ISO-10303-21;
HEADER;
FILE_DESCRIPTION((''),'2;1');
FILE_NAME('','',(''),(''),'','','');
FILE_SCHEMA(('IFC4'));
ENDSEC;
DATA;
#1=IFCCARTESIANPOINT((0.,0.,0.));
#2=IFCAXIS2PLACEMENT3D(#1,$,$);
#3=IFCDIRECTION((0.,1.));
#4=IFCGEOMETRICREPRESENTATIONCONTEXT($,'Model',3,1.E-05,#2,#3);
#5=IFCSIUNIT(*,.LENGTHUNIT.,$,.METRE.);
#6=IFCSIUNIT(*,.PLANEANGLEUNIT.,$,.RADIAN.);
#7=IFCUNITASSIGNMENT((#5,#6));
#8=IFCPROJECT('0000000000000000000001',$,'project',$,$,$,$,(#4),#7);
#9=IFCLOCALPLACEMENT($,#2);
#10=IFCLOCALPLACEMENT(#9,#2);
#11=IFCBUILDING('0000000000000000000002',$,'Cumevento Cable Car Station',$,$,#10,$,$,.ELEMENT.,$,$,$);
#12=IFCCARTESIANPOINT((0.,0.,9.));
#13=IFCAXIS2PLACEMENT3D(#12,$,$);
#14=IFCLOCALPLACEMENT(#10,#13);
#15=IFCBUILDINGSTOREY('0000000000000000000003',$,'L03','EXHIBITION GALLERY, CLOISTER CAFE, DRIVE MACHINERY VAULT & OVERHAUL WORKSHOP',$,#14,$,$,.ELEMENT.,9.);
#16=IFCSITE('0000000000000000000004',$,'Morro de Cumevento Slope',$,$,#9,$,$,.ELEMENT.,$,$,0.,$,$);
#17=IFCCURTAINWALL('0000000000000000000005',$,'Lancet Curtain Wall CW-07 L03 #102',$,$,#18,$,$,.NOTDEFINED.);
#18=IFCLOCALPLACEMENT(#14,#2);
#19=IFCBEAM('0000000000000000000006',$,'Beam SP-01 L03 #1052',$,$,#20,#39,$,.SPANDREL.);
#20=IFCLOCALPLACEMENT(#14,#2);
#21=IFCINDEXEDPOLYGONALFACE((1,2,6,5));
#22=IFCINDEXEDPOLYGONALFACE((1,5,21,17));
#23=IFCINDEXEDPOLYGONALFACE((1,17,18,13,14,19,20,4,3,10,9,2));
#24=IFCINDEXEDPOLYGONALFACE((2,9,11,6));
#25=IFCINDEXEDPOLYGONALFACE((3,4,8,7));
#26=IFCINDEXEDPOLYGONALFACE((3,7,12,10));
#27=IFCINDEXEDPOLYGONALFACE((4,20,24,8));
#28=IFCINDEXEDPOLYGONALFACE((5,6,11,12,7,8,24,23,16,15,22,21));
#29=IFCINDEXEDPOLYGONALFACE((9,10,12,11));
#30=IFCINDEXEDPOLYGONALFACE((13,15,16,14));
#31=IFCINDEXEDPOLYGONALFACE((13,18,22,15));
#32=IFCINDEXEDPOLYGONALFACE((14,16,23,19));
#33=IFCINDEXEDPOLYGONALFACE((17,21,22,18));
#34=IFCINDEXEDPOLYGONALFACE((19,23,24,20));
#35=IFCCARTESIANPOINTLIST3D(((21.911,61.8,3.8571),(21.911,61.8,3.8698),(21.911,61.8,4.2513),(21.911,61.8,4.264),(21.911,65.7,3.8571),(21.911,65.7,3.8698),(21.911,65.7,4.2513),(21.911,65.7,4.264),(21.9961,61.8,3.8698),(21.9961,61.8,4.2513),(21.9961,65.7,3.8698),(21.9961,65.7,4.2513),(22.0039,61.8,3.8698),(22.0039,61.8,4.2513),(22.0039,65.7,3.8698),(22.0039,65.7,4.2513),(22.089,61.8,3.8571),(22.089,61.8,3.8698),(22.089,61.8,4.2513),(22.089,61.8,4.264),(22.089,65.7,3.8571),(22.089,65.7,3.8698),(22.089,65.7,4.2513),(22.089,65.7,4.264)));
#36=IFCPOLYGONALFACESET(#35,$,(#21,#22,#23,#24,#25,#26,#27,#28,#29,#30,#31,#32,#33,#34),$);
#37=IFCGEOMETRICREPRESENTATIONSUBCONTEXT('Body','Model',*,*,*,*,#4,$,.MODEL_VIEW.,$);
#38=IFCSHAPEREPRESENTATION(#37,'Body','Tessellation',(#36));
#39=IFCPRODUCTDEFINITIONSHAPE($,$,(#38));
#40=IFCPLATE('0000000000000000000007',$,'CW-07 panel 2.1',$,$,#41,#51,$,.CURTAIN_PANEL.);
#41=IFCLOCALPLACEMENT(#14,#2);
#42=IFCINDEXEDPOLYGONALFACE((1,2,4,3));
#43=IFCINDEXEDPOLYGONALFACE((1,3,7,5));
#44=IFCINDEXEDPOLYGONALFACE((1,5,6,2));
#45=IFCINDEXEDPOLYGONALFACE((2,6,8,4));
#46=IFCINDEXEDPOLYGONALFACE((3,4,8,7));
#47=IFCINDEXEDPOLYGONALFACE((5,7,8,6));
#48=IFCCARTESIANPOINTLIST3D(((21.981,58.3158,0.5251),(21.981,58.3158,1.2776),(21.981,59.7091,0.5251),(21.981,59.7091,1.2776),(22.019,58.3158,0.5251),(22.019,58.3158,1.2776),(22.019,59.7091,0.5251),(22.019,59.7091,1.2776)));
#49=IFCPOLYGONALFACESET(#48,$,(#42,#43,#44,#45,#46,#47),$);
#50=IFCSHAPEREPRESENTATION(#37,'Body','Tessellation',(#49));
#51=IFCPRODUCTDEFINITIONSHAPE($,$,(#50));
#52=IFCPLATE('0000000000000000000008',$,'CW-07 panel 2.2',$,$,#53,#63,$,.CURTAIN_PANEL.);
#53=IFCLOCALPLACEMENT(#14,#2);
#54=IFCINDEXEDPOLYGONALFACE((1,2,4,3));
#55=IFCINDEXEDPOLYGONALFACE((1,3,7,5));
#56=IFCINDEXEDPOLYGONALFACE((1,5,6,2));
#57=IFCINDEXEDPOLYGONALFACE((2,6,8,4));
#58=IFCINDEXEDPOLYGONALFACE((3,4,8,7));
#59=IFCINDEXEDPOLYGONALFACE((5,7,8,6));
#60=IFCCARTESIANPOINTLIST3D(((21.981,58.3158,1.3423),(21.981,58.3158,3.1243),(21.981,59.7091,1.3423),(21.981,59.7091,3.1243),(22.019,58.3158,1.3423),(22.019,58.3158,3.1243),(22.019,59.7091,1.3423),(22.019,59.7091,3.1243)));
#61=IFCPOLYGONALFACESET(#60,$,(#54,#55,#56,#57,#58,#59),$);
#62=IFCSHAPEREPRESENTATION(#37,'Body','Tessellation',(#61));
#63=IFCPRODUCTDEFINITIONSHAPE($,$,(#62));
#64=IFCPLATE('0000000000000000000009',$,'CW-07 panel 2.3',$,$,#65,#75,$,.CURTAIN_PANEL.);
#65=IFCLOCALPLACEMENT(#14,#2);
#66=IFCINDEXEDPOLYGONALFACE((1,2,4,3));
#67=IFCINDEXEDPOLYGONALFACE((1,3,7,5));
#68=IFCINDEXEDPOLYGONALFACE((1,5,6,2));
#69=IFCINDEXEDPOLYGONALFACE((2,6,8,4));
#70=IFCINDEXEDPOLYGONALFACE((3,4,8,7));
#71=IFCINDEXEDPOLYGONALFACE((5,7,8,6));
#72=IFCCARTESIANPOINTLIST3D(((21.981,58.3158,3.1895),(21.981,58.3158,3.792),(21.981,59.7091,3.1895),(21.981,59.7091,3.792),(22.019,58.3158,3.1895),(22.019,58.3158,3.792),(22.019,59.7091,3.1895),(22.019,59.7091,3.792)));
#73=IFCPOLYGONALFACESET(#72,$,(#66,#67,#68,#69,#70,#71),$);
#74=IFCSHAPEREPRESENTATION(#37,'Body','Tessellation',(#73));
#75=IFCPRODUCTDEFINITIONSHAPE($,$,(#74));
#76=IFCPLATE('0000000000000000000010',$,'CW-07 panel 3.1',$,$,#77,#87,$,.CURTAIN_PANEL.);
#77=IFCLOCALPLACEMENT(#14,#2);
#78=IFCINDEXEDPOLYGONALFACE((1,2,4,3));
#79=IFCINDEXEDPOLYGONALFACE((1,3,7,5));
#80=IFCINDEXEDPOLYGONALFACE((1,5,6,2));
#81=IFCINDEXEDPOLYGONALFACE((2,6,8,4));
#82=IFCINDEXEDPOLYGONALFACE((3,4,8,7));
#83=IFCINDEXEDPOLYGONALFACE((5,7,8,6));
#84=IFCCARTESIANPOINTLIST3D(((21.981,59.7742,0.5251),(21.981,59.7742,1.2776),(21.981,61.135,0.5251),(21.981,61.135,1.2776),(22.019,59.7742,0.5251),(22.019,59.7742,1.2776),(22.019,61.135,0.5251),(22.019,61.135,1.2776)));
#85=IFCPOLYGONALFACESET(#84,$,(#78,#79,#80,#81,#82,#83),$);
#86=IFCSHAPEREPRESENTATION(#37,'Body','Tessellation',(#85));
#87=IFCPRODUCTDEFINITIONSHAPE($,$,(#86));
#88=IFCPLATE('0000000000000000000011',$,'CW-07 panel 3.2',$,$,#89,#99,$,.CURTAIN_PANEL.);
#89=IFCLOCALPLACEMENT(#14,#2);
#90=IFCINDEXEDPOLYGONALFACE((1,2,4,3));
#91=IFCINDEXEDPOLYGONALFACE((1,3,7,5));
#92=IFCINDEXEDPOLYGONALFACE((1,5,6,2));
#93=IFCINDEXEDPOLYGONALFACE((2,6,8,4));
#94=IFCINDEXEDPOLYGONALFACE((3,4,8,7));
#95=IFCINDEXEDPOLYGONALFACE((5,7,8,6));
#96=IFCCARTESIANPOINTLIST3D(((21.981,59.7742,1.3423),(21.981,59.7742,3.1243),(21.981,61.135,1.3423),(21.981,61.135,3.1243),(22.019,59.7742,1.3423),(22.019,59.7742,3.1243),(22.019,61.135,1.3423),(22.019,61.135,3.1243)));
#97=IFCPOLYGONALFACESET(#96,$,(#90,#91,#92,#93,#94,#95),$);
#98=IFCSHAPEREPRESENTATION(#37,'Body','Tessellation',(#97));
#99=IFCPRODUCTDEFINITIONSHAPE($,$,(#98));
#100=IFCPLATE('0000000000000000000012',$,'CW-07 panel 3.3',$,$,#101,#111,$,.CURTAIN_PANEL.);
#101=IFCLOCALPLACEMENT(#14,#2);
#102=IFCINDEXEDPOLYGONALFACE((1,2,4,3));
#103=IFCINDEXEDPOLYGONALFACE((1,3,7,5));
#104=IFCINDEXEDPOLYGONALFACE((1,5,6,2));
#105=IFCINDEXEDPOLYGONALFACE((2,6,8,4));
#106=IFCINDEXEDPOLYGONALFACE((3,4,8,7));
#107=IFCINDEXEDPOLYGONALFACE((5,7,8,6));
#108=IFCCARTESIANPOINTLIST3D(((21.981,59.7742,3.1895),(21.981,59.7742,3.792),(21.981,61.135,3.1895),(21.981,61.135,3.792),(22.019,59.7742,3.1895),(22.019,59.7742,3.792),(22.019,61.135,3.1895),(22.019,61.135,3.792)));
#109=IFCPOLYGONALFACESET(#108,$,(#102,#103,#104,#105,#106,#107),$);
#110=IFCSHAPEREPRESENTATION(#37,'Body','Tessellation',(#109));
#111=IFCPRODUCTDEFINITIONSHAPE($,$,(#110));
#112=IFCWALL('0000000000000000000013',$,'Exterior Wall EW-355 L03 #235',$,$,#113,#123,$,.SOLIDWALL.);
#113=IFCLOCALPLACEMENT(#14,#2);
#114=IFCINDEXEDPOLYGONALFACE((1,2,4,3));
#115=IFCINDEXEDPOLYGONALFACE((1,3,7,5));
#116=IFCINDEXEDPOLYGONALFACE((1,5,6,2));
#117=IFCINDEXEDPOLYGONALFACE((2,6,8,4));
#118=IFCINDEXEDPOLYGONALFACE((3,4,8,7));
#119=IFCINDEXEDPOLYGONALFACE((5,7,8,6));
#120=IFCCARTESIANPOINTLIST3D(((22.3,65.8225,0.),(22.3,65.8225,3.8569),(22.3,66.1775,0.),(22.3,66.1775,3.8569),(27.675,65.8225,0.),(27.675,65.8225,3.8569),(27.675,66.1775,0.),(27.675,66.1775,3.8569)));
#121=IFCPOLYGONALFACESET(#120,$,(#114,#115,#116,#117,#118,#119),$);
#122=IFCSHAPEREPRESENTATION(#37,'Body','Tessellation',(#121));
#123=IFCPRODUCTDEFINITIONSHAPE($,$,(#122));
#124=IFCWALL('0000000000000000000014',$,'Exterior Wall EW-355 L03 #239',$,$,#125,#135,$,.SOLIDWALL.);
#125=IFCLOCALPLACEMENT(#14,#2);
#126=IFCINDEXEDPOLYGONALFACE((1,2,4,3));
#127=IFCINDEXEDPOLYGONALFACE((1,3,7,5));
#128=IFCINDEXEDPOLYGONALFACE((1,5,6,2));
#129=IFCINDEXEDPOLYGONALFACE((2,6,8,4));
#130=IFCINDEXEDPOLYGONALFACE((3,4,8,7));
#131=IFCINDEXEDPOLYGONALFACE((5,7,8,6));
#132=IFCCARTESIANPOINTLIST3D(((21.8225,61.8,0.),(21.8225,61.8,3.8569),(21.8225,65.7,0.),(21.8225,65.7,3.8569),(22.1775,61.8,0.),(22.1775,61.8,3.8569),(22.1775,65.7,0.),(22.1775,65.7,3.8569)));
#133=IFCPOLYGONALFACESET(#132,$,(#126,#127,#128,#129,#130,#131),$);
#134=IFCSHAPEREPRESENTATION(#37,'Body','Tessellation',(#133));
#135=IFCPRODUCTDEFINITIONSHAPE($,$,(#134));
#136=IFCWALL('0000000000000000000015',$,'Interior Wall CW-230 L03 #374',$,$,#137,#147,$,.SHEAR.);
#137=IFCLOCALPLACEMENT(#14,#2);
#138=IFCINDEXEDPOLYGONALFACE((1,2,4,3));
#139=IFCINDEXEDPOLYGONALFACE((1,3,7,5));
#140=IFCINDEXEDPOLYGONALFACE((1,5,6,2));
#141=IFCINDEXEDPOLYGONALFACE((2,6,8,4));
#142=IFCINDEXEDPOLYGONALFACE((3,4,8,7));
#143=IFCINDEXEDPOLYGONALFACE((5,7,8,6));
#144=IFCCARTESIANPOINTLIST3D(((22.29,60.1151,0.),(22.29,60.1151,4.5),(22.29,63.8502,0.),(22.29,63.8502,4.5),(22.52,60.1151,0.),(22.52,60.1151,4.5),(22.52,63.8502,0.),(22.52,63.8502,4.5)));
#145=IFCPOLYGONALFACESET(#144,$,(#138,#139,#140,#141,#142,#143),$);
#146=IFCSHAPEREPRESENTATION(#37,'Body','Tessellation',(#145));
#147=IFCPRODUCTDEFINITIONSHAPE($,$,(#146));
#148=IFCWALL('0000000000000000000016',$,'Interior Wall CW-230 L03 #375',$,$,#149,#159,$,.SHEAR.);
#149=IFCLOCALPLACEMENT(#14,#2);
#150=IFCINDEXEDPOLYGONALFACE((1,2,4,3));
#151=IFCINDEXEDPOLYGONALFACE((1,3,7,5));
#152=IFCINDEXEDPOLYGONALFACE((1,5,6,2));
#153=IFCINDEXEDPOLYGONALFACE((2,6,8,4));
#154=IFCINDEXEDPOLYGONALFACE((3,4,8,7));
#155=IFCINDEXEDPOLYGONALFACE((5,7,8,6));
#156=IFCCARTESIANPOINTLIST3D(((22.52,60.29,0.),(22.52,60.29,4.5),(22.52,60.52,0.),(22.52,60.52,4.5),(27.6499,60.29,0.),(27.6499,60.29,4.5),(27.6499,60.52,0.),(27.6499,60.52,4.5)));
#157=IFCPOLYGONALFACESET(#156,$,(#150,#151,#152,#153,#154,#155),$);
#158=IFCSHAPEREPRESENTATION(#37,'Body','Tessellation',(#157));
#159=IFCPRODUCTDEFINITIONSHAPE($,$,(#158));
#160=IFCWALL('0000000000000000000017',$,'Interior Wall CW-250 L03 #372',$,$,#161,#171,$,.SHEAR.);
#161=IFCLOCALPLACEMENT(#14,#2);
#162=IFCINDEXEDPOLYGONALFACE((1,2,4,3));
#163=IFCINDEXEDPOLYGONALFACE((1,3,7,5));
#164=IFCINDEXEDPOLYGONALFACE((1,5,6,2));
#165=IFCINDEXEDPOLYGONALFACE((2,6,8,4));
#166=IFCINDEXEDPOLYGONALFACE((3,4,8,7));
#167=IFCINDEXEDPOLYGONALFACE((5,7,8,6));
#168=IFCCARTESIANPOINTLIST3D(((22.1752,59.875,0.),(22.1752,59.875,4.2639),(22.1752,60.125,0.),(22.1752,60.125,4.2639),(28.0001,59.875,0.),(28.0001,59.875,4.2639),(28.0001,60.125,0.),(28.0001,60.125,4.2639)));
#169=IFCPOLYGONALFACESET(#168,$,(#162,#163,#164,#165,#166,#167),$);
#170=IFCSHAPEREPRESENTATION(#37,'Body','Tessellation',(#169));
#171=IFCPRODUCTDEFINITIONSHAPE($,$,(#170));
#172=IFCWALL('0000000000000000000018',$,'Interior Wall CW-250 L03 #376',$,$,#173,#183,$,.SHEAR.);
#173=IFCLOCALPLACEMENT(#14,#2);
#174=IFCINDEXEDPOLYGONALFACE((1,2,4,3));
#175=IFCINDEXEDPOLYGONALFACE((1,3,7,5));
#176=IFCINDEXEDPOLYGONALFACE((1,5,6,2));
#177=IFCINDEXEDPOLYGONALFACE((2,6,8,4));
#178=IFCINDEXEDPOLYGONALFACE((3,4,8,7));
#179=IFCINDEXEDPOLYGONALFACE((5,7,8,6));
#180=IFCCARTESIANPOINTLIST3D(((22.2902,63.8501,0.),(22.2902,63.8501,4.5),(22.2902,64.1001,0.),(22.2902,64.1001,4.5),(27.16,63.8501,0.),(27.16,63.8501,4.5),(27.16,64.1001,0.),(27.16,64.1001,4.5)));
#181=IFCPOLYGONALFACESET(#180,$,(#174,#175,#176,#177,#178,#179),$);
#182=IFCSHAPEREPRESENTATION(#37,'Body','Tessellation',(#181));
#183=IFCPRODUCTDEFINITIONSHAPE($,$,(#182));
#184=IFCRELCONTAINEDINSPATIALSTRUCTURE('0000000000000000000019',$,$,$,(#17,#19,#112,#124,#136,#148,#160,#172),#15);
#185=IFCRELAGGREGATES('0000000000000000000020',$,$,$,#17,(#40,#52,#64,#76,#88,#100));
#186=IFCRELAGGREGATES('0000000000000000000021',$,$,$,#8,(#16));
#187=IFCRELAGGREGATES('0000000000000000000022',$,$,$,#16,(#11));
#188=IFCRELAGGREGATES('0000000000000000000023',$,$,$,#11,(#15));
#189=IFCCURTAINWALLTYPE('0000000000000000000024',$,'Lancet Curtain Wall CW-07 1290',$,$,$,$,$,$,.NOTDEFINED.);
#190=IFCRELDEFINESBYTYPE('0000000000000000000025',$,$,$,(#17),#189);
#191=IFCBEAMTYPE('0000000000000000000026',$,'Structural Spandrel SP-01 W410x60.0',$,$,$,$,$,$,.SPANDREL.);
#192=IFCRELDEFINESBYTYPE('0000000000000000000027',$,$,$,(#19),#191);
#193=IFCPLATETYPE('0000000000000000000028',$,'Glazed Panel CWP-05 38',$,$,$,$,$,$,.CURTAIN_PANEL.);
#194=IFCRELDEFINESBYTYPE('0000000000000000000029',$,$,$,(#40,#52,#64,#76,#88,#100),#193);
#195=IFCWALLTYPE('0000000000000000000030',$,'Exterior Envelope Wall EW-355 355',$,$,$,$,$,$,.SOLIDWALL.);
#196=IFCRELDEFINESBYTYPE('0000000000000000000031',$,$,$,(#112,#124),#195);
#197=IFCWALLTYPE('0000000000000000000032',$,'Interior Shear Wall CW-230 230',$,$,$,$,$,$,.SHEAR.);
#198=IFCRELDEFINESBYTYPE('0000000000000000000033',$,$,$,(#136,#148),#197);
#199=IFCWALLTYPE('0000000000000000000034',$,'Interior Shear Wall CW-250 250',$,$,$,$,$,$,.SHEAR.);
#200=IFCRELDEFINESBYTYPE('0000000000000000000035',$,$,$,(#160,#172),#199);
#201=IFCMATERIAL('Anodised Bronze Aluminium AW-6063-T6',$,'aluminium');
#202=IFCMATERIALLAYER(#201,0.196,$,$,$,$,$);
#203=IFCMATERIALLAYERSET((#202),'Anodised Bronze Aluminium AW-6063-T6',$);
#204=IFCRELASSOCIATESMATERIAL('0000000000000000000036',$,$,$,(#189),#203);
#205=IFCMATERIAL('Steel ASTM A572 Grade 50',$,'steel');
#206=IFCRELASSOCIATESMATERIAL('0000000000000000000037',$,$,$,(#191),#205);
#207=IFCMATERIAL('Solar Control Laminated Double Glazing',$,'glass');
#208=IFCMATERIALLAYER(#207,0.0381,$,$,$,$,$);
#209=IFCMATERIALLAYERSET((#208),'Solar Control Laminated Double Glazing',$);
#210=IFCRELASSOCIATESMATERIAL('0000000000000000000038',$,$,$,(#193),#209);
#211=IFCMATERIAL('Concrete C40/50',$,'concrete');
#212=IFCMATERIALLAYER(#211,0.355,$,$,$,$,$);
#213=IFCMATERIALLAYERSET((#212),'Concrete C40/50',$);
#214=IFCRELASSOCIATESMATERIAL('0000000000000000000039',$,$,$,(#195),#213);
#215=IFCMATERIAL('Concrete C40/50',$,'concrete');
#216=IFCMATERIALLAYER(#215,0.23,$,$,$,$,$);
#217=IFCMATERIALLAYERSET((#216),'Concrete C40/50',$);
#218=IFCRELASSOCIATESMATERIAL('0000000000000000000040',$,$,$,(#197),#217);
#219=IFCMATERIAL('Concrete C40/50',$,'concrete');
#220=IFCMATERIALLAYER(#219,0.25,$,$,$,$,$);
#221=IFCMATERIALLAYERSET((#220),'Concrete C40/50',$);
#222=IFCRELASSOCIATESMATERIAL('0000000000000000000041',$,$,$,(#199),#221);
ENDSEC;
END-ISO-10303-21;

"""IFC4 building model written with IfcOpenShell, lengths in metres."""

from ifc_helpers import new_model, si_unit, direction, frame, frame_2d, origin, origin_2d, place, context, subcontext, project, spatial, rectangle, i_section, extrude, material, layer, layer_set, material_profile, profile_set, type_object, element, aggregate, save


model = new_model("IFC4")

# Units and contexts
model_context = context("Model", 3, precision=1e-05, world=origin(), true_north=direction((0.0, 1.0)))
body_context = subcontext(model_context, "Body", "Model", "MODEL_VIEW")
ifc_project = project(units=[si_unit("LENGTHUNIT", "METRE"), si_unit("PLANEANGLEUNIT", "RADIAN")], contexts=[model_context])

# Site, building, storey
site_placement = place(None, origin())
site = spatial("IfcSite", under=ifc_project, at=site_placement, Name="Morro de Cumevento Slope", CompositionType="ELEMENT", RefElevation=0.0)
building_placement = place(site_placement, origin())
building = spatial("IfcBuilding", under=site, at=building_placement, Name="Cumevento Cable Car Station", CompositionType="ELEMENT")
storey_placement = place(building_placement, frame((0.0, 0.0, 9.0)))
storey = spatial("IfcBuildingStorey", under=building, at=storey_placement, Name="L03", Description="EXHIBITION GALLERY, CLOISTER CAFE, DRIVE MACHINERY VAULT & OVERHAUL WORKSHOP", CompositionType="ELEMENT", Elevation=9.0)

# Curtain wall
ifc_material_1 = material(Name="Anodised Bronze Aluminium AW-6063-T6", Category="aluminium")
ifc_layer_1 = layer(ifc_material_1, 0.196)
ifc_layer_set_1 = layer_set([ifc_layer_1], Name="Anodised Bronze Aluminium AW-6063-T6")
curtain_wall_type = type_object("IfcCurtainWallType", Name="Lancet Curtain Wall CW-07 1290", PredefinedType="NOTDEFINED", material=ifc_layer_set_1)
curtain_wall_placement = place(storey_placement, origin())
curtain_wall = element("IfcCurtainWall", 1, at=curtain_wall_placement, inside=storey, type_object=curtain_wall_type, Name="Lancet Curtain Wall CW-07 L03 #102", PredefinedType="NOTDEFINED")

# Beam
ifc_material_2 = material(Name="Steel ASTM A572 Grade 50", Category="steel")
ifc_material_profile_1 = material_profile(ifc_material_2, i_section(OverallWidth=0.178, OverallDepth=0.407, WebThickness=0.0078, FlangeThickness=0.0127, at=origin_2d()), Name="W410x60.0")
ifc_profile_set_1 = profile_set([ifc_material_profile_1], Name="Steel ASTM A572 Grade 50")
beam_type_1 = type_object("IfcBeamType", Name="Structural Spandrel SP-01 W410x60.0", PredefinedType="SPANDREL", material=ifc_profile_set_1)
beam_1_placement = place(storey_placement, frame((22.0, 61.8, 4.0605), z_axis=(0.0, 1.0, 0.0), x_axis=(-1.0, 0.0, 0.0)))
element("IfcBeam", 2, at=beam_1_placement, inside=storey, type_object=beam_type_1, Name="Beam SP-01 L03 #1052", PredefinedType="SPANDREL", context=body_context, shape_type="SweptSolid", body=[
    extrude(i_section(OverallWidth=0.178, OverallDepth=0.407, WebThickness=0.0078, FlangeThickness=0.0127, at=origin_2d()), origin(), (0.0, 0.0, 1.0), 3.8999),
])

# Plates
ifc_material_3 = material(Name="Solar Control Laminated Double Glazing", Category="glass")
ifc_layer_2 = layer(ifc_material_3, 0.0381)
ifc_layer_set_2 = layer_set([ifc_layer_2], Name="Solar Control Laminated Double Glazing")
plate_type = type_object("IfcPlateType", Name="Glazed Panel CWP-05 38", PredefinedType="CURTAIN_PANEL", material=ifc_layer_set_2)
plate_1_placement = place(storey_placement, frame((22.0, 59.0125, 0.5251), z_axis=(0.0, 0.0, 1.0), x_axis=(0.0, 1.0, 0.0)))
plate_1 = element("IfcPlate", 3, at=plate_1_placement, type_object=plate_type, Name="CW-07 panel 2.1", PredefinedType="CURTAIN_PANEL", context=body_context, shape_type="SweptSolid", body=[
    extrude(rectangle(XDim=1.3933, YDim=0.0381, at=origin_2d()), origin(), (0.0, 0.0, 1.0), 0.7524),
])
plate_2_placement = place(storey_placement, frame((22.0, 59.0125, 1.3423), z_axis=(0.0, 0.0, 1.0), x_axis=(0.0, 1.0, 0.0)))
plate_2 = element("IfcPlate", 4, at=plate_2_placement, type_object=plate_type, Name="CW-07 panel 2.2", PredefinedType="CURTAIN_PANEL", context=body_context, shape_type="SweptSolid", body=[
    extrude(rectangle(XDim=1.3933, YDim=0.0381, at=origin_2d()), origin(), (0.0, 0.0, 1.0), 1.782),
])
plate_3_placement = place(storey_placement, frame((22.0, 59.0125, 3.1895), z_axis=(0.0, 0.0, 1.0), x_axis=(0.0, 1.0, 0.0)))
plate_3 = element("IfcPlate", 5, at=plate_3_placement, type_object=plate_type, Name="CW-07 panel 2.3", PredefinedType="CURTAIN_PANEL", context=body_context, shape_type="SweptSolid", body=[
    extrude(rectangle(XDim=1.3933, YDim=0.0381, at=origin_2d()), origin(), (0.0, 0.0, 1.0), 0.6025),
])
plate_4_placement = place(storey_placement, frame((22.0, 60.4546, 0.5251), z_axis=(0.0, 0.0, 1.0), x_axis=(0.0, 1.0, 0.0)))
plate_4 = element("IfcPlate", 6, at=plate_4_placement, type_object=plate_type, Name="CW-07 panel 3.1", PredefinedType="CURTAIN_PANEL", context=body_context, shape_type="SweptSolid", body=[
    extrude(rectangle(XDim=1.3608, YDim=0.0381, at=origin_2d()), origin(), (0.0, 0.0, 1.0), 0.7524),
])
plate_5_placement = place(storey_placement, frame((22.0, 60.4546, 1.3423), z_axis=(0.0, 0.0, 1.0), x_axis=(0.0, 1.0, 0.0)))
plate_5 = element("IfcPlate", 7, at=plate_5_placement, type_object=plate_type, Name="CW-07 panel 3.2", PredefinedType="CURTAIN_PANEL", context=body_context, shape_type="SweptSolid", body=[
    extrude(rectangle(XDim=1.3608, YDim=0.0381, at=origin_2d()), origin(), (0.0, 0.0, 1.0), 1.782),
])
plate_6_placement = place(storey_placement, frame((22.0, 60.4546, 3.1895), z_axis=(0.0, 0.0, 1.0), x_axis=(0.0, 1.0, 0.0)))
plate_6 = element("IfcPlate", 8, at=plate_6_placement, type_object=plate_type, Name="CW-07 panel 3.3", PredefinedType="CURTAIN_PANEL", context=body_context, shape_type="SweptSolid", body=[
    extrude(rectangle(XDim=1.3608, YDim=0.0381, at=origin_2d()), origin(), (0.0, 0.0, 1.0), 0.6025),
])
aggregate(curtain_wall, [plate_1, plate_2, plate_3, plate_4, plate_5, plate_6])

# Walls
ifc_material_4 = material(Name="Concrete C40/50", Category="concrete")
ifc_layer_3 = layer(ifc_material_4, 0.355)
ifc_layer_set_3 = layer_set([ifc_layer_3], Name="Concrete C40/50")
wall_type_1 = type_object("IfcWallType", Name="Exterior Envelope Wall EW-355 355", PredefinedType="SOLIDWALL", material=ifc_layer_set_3)
wall_1_placement = place(storey_placement, frame((22.3, 66.0, 0.0), z_axis=(0.0, 0.0, 1.0), x_axis=(1.0, 0.0, 0.0)))
element("IfcWall", 9, at=wall_1_placement, inside=storey, type_object=wall_type_1, Name="Exterior Wall EW-355 L03 #235", PredefinedType="SOLIDWALL", context=body_context, shape_type="SweptSolid", body=[
    extrude(rectangle(XDim=5.375, YDim=0.355, at=frame_2d((2.6875, 0.0))), origin(), (0.0, 0.0, 1.0), 3.8569),
])
wall_2_placement = place(storey_placement, frame((22.0, 61.8, 0.0), z_axis=(0.0, 0.0, 1.0), x_axis=(0.0, 1.0, 0.0)))
element("IfcWall", 10, at=wall_2_placement, inside=storey, type_object=wall_type_1, Name="Exterior Wall EW-355 L03 #239", PredefinedType="SOLIDWALL", context=body_context, shape_type="SweptSolid", body=[
    extrude(rectangle(XDim=3.8999, YDim=0.355, at=frame_2d((1.95, 0.0))), origin(), (0.0, 0.0, 1.0), 3.8569),
])
ifc_material_5 = material(Name="Concrete C40/50", Category="concrete")
ifc_layer_4 = layer(ifc_material_5, 0.23)
ifc_layer_set_4 = layer_set([ifc_layer_4], Name="Concrete C40/50")
wall_type_2 = type_object("IfcWallType", Name="Interior Shear Wall CW-230 230", PredefinedType="SHEAR", material=ifc_layer_set_4)
wall_3_placement = place(storey_placement, frame((22.405, 60.115, 0.0), z_axis=(0.0, 0.0, 1.0), x_axis=(0.0, 1.0, 0.0)))
element("IfcWall", 11, at=wall_3_placement, inside=storey, type_object=wall_type_2, Name="Interior Wall CW-230 L03 #374", PredefinedType="SHEAR", context=body_context, shape_type="SweptSolid", body=[
    extrude(rectangle(XDim=3.7351, YDim=0.23, at=frame_2d((1.8677, 0.0))), origin(), (0.0, 0.0, 1.0), 4.5),
])
wall_4_placement = place(storey_placement, frame((22.52, 60.405, 0.0), z_axis=(0.0, 0.0, 1.0), x_axis=(1.0, 0.0, 0.0)))
element("IfcWall", 12, at=wall_4_placement, inside=storey, type_object=wall_type_2, Name="Interior Wall CW-230 L03 #375", PredefinedType="SHEAR", context=body_context, shape_type="SweptSolid", body=[
    extrude(rectangle(XDim=5.1299, YDim=0.23, at=frame_2d((2.5649, 0.0))), origin(), (0.0, 0.0, 1.0), 4.5),
])
ifc_material_6 = material(Name="Concrete C40/50", Category="concrete")
ifc_layer_5 = layer(ifc_material_6, 0.25)
ifc_layer_set_5 = layer_set([ifc_layer_5], Name="Concrete C40/50")
wall_type_3 = type_object("IfcWallType", Name="Interior Shear Wall CW-250 250", PredefinedType="SHEAR", material=ifc_layer_set_5)
wall_5_placement = place(storey_placement, frame((22.175, 60.0, 0.0), z_axis=(0.0, 0.0, 1.0), x_axis=(1.0, 0.0, 0.0)))
element("IfcWall", 13, at=wall_5_placement, inside=storey, type_object=wall_type_3, Name="Interior Wall CW-250 L03 #372", PredefinedType="SHEAR", context=body_context, shape_type="SweptSolid", body=[
    extrude(rectangle(XDim=5.825, YDim=0.25, at=frame_2d((2.9126, 0.0))), origin(), (0.0, 0.0, 1.0), 4.2639),
])
wall_6_placement = place(storey_placement, frame((22.29, 63.9751, 0.0), z_axis=(0.0, 0.0, 1.0), x_axis=(1.0, 0.0, 0.0)))
element("IfcWall", 14, at=wall_6_placement, inside=storey, type_object=wall_type_3, Name="Interior Wall CW-250 L03 #376", PredefinedType="SHEAR", context=body_context, shape_type="SweptSolid", body=[
    extrude(rectangle(XDim=4.8699, YDim=0.25, at=frame_2d((2.4351, 0.0))), origin(), (0.0, 0.0, 1.0), 4.5),
])

save(model, "model.ifc")
